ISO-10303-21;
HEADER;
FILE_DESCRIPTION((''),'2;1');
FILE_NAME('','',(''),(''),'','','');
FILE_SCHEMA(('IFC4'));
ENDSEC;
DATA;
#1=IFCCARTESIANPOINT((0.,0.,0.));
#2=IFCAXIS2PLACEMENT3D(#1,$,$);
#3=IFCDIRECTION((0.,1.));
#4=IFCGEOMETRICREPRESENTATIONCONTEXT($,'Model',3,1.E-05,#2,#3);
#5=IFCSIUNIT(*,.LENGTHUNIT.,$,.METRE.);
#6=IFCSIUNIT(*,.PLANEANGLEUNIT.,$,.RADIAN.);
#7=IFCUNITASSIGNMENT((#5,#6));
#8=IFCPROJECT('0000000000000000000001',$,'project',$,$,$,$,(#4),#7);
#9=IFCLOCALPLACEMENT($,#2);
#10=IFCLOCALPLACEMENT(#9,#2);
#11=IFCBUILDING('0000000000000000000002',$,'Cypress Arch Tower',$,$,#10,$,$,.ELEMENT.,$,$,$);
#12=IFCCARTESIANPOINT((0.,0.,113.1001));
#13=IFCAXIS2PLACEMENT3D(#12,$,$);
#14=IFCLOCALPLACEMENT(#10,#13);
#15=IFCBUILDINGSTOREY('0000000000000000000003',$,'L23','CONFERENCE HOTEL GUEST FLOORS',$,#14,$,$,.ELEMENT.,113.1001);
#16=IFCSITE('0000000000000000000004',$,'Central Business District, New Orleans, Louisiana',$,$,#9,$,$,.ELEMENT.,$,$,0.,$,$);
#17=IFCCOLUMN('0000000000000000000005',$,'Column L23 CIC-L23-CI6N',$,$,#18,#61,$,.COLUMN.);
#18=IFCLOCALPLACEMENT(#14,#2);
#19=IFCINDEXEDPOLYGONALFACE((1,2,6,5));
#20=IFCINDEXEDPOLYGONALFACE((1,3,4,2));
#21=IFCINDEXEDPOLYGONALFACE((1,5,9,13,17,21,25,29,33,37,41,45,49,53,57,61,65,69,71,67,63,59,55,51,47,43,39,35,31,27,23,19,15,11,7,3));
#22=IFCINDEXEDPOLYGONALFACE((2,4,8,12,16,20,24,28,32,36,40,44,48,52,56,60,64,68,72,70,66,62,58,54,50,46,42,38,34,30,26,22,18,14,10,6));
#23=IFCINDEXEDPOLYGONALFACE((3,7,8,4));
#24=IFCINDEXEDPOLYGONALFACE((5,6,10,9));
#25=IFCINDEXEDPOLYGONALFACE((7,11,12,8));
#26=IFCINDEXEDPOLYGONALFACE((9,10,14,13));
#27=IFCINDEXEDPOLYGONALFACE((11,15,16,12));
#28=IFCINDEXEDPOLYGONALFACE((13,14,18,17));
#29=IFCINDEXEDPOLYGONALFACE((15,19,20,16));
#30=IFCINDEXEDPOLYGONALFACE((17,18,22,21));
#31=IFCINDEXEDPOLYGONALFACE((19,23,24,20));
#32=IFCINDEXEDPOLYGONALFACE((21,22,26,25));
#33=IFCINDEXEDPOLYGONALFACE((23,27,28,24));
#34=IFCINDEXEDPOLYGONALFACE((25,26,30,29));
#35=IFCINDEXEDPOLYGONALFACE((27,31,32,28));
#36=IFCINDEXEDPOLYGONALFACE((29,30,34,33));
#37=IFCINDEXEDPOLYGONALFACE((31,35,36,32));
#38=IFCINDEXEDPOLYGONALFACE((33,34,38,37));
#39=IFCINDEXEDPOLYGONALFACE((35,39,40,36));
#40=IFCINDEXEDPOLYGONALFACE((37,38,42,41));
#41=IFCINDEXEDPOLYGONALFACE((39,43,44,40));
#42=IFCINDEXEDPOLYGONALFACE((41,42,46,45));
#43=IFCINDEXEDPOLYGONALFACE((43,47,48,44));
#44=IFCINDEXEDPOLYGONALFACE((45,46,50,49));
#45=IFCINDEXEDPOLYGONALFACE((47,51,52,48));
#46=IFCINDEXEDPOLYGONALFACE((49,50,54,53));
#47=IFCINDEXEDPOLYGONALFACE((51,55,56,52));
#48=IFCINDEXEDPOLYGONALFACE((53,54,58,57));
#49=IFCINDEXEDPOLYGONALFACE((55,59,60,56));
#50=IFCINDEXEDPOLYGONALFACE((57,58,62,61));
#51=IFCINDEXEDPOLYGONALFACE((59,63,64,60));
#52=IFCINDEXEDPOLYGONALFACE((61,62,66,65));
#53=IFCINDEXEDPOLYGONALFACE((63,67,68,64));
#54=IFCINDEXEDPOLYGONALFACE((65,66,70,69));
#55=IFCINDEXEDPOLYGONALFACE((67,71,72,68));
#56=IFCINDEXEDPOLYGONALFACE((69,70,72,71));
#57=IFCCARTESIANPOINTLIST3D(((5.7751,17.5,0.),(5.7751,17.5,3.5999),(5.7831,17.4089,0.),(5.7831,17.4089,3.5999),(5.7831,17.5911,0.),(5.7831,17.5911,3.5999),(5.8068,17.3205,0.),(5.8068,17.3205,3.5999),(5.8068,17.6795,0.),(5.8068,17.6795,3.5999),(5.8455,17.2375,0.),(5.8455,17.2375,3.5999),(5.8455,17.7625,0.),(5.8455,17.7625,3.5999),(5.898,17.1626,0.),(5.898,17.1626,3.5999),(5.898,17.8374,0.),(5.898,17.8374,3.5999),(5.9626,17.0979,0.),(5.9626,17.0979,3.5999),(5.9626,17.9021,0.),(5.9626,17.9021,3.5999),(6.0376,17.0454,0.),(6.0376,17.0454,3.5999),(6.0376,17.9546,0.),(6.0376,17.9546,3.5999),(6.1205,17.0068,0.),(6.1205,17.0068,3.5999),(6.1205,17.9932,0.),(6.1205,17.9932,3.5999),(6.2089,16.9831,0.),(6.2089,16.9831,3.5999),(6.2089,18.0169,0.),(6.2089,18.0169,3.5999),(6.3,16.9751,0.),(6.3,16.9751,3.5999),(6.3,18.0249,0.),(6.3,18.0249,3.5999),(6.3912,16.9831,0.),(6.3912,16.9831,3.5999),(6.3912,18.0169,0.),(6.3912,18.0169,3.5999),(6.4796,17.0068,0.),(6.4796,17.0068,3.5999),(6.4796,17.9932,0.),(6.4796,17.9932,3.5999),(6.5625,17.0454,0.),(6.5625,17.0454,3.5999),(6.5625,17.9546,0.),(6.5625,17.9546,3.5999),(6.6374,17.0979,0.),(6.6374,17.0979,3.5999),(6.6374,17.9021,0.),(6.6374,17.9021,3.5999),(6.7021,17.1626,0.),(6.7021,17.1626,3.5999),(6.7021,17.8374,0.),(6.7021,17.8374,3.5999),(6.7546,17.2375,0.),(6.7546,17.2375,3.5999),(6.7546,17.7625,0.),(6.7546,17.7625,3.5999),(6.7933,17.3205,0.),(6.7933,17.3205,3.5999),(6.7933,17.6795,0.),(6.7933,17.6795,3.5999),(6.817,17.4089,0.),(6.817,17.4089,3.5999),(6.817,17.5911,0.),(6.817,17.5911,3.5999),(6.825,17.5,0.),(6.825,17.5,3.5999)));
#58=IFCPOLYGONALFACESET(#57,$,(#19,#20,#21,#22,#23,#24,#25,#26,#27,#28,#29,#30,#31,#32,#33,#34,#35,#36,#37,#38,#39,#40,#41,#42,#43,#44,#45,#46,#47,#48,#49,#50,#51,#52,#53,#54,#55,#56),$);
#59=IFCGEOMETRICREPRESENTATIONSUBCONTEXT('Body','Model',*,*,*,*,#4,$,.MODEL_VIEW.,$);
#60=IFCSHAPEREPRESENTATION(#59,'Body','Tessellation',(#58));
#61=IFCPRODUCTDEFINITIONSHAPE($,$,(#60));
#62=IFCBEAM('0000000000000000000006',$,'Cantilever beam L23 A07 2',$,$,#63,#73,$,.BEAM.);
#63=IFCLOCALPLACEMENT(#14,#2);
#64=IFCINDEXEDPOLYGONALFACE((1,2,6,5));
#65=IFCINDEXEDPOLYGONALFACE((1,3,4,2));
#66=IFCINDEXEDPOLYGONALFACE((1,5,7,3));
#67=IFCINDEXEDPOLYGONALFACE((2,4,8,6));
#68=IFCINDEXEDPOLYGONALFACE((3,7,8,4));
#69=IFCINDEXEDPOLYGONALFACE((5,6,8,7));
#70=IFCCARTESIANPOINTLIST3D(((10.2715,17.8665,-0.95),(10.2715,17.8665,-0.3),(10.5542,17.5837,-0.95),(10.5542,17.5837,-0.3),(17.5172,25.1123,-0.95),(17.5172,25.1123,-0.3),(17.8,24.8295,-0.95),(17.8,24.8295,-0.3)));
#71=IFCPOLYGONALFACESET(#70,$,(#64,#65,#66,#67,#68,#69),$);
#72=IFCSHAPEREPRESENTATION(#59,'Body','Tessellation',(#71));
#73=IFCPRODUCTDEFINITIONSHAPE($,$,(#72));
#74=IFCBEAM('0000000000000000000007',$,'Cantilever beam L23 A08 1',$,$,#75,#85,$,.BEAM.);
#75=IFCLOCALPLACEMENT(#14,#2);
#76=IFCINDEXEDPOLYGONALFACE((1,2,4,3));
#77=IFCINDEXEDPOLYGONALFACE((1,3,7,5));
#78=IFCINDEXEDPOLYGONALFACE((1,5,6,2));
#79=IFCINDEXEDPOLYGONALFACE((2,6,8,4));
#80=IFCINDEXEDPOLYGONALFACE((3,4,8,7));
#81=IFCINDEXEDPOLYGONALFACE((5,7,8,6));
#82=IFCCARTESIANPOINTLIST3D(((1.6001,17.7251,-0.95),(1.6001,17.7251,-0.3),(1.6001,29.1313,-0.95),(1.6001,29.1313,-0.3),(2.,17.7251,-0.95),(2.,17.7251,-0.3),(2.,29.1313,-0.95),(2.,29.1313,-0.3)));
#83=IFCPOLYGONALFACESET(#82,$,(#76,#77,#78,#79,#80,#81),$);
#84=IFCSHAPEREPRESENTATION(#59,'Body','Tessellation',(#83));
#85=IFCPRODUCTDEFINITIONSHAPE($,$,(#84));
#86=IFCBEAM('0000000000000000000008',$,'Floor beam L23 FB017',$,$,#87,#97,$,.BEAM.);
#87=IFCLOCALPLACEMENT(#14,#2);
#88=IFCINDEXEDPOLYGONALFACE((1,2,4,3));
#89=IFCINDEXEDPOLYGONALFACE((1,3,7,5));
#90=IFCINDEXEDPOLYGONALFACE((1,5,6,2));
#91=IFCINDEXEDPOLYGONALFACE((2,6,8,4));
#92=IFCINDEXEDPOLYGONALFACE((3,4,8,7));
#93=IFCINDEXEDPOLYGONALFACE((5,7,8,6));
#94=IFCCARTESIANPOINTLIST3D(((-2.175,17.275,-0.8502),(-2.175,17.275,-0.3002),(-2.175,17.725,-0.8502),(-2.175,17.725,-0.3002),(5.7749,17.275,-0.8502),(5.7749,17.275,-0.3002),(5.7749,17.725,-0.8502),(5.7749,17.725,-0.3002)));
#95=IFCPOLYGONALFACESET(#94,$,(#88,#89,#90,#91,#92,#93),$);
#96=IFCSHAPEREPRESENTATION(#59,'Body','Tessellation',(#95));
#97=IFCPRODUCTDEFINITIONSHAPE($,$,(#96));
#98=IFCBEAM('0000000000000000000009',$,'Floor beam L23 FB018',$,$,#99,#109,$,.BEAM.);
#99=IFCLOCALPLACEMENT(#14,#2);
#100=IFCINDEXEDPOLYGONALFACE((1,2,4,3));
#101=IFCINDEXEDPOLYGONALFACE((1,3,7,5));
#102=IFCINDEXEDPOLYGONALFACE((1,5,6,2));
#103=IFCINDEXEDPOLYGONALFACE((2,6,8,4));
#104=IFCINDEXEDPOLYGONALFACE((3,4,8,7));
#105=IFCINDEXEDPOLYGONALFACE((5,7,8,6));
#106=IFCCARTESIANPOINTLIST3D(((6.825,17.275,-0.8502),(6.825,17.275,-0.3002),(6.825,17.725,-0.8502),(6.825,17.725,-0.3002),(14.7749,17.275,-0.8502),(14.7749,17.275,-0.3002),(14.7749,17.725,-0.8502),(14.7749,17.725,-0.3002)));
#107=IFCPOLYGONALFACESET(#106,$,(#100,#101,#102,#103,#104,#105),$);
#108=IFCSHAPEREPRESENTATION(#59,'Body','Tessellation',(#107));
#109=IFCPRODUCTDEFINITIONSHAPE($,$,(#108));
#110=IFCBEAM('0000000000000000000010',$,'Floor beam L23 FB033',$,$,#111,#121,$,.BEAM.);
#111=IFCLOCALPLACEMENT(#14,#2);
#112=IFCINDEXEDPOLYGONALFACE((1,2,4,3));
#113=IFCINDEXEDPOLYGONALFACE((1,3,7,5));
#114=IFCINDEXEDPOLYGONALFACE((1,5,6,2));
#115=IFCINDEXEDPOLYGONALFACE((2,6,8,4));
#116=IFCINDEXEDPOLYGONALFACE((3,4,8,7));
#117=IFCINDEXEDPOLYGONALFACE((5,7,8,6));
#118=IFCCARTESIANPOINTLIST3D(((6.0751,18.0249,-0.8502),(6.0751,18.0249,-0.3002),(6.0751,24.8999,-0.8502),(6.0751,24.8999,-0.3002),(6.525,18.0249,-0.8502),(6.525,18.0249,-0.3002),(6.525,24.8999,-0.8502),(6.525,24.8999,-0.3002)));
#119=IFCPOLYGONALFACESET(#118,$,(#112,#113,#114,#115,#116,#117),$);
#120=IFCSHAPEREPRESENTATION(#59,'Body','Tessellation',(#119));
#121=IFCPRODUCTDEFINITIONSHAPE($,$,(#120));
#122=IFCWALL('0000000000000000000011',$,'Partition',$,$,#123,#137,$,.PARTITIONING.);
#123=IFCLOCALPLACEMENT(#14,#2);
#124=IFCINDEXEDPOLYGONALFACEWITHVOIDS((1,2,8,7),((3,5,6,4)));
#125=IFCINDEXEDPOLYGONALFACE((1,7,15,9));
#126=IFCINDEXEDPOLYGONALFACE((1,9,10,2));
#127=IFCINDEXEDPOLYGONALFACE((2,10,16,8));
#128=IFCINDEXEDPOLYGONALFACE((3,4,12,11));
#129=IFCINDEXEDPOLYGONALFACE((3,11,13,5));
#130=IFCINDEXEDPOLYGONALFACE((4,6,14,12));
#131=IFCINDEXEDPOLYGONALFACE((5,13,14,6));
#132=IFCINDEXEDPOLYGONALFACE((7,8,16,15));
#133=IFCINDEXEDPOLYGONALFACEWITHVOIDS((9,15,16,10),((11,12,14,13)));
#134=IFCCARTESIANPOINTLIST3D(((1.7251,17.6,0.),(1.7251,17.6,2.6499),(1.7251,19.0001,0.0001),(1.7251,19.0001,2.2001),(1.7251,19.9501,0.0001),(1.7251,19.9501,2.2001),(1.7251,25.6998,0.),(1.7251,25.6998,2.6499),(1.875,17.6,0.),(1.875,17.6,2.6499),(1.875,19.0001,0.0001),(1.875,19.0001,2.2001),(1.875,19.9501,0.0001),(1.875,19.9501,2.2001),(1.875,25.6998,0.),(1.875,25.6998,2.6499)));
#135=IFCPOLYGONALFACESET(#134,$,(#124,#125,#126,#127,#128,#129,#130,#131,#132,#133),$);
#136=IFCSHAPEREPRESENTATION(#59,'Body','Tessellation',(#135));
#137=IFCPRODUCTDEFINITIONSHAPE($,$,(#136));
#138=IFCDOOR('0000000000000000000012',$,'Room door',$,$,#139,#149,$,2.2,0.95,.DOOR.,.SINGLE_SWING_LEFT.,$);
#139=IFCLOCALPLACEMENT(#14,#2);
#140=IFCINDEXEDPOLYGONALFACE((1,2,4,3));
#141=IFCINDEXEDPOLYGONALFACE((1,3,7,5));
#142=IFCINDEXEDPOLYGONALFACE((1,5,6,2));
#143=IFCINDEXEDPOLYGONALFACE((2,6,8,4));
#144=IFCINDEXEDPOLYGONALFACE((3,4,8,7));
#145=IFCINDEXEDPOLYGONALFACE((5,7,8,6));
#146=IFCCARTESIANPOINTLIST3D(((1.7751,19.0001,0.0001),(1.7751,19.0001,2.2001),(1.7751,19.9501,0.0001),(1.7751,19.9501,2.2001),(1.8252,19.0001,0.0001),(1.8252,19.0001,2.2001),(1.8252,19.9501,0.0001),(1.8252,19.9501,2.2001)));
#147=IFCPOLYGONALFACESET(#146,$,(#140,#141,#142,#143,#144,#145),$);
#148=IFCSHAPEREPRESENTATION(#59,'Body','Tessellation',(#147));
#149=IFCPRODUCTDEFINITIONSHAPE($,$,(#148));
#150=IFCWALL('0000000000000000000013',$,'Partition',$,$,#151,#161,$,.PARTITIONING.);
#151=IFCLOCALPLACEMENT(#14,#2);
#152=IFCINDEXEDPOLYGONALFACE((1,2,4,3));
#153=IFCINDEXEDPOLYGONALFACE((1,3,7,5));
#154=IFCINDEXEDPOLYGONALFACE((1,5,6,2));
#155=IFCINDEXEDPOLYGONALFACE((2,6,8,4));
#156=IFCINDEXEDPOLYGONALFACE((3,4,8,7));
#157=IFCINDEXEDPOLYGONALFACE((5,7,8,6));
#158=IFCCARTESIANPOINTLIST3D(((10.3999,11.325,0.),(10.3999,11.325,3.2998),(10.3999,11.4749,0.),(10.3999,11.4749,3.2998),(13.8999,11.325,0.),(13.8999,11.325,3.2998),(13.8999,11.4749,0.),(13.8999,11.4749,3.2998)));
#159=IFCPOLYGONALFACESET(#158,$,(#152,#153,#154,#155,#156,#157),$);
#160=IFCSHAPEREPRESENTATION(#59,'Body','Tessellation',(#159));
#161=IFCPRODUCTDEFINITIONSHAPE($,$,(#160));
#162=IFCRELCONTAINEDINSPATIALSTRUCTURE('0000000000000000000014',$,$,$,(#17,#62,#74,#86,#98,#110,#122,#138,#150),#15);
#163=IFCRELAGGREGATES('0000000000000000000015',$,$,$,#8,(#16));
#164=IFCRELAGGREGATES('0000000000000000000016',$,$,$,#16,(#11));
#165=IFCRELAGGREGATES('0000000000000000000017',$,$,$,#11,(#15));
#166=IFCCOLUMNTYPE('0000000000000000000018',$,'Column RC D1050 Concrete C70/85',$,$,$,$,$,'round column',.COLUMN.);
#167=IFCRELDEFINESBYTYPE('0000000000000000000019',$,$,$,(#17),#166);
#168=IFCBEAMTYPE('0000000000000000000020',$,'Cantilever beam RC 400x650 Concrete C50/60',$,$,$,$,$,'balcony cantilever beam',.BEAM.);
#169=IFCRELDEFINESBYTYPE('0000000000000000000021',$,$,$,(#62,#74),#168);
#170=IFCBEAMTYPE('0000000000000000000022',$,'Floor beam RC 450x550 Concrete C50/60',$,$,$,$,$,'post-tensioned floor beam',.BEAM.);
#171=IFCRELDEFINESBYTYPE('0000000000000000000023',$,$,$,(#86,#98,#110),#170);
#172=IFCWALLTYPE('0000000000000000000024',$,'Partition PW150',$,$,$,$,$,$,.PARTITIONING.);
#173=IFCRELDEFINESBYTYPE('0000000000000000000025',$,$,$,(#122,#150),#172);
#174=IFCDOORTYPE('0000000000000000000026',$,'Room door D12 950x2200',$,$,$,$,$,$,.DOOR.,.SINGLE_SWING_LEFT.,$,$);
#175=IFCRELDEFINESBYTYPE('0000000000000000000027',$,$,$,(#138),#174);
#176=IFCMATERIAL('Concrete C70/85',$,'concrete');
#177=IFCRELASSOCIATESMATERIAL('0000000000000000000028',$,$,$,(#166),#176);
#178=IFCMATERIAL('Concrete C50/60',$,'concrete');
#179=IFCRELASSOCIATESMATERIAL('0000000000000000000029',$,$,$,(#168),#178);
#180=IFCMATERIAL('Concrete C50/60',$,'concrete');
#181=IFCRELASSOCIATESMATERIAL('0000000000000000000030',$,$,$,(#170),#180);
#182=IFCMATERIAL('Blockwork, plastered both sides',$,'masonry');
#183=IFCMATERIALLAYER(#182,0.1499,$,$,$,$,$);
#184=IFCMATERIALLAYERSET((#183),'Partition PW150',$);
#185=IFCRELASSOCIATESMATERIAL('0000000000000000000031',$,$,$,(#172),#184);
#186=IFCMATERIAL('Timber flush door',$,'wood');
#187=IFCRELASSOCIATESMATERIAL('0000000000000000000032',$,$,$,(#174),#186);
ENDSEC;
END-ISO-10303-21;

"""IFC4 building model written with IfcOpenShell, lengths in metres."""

from ifc_helpers import new_model, si_unit, direction, frame, frame_2d, origin, origin_2d, place, context, subcontext, project, spatial, rectangle, circle, extrude, material, layer, layer_set, material_profile, profile_set, type_object, element, fill, save


model = new_model("IFC4")

# Units and contexts
model_context = context("Model", 3, precision=1e-05, world=origin(), true_north=direction((0.0, 1.0)))
body_context = subcontext(model_context, "Body", "Model", "MODEL_VIEW")
ifc_project = project(units=[si_unit("LENGTHUNIT", "METRE"), si_unit("PLANEANGLEUNIT", "RADIAN")], contexts=[model_context])

# Site, building, storey
site_placement = place(None, origin())
site = spatial("IfcSite", under=ifc_project, at=site_placement, Name="Central Business District, New Orleans, Louisiana", CompositionType="ELEMENT", RefElevation=0.0)
building_placement = place(site_placement, origin())
building = spatial("IfcBuilding", under=site, at=building_placement, Name="Cypress Arch Tower", CompositionType="ELEMENT")
storey_placement = place(building_placement, frame((0.0, 0.0, 113.1001)))
storey = spatial("IfcBuildingStorey", under=building, at=storey_placement, Name="L23", Description="CONFERENCE HOTEL GUEST FLOORS", CompositionType="ELEMENT", Elevation=113.1001)

# Column
ifc_material_1 = material(Name="Concrete C70/85", Category="concrete")
ifc_material_profile_1 = material_profile(ifc_material_1, circle(Radius=0.5249, at=origin_2d()), Name="RC D1050")
ifc_profile_set_1 = profile_set([ifc_material_profile_1], Name="Concrete C70/85")
column_type = type_object("IfcColumnType", Name="Column RC D1050 Concrete C70/85", ElementType="round column", PredefinedType="COLUMN", material=ifc_profile_set_1)
column_placement = place(storey_placement, frame((6.3, 17.5, 0.0), z_axis=(0.0, 0.0, 1.0), x_axis=(1.0, 0.0, 0.0)))
element("IfcColumn", 1, at=column_placement, inside=storey, type_object=column_type, Name="Column L23 CIC-L23-CI6N", PredefinedType="COLUMN", context=body_context, shape_type="SweptSolid", body=[
    extrude(circle(Radius=0.5249, at=origin_2d()), origin(), (0.0, 0.0, 1.0), 3.5999),
])

# Beams
ifc_material_2 = material(Name="Concrete C50/60", Category="concrete")
ifc_material_profile_2 = material_profile(ifc_material_2, rectangle(XDim=0.3999, YDim=0.6499, at=origin_2d()), Name="RC 400x650")
ifc_profile_set_2 = profile_set([ifc_material_profile_2], Name="Concrete C50/60")
beam_type_1 = type_object("IfcBeamType", Name="Cantilever beam RC 400x650 Concrete C50/60", ElementType="balcony cantilever beam", PredefinedType="BEAM", material=ifc_profile_set_2)
beam_1_placement = place(storey_placement, frame((10.4128, 17.7251, -0.625), z_axis=(0.707107, 0.707107, 0.0), x_axis=(-0.707107, 0.707107, 0.0)))
element("IfcBeam", 2, at=beam_1_placement, inside=storey, type_object=beam_type_1, Name="Cantilever beam L23 A07 2", PredefinedType="BEAM", context=body_context, shape_type="SweptSolid", body=[
    extrude(rectangle(XDim=0.3999, YDim=0.6499, at=origin_2d()), origin(), (0.0, 0.0, 1.0), 10.2471),
])
beam_2_placement = place(storey_placement, frame((1.8, 17.7251, -0.625), z_axis=(0.0, 1.0, 0.0), x_axis=(-1.0, 0.0, 0.0)))
element("IfcBeam", 3, at=beam_2_placement, inside=storey, type_object=beam_type_1, Name="Cantilever beam L23 A08 1", PredefinedType="BEAM", context=body_context, shape_type="SweptSolid", body=[
    extrude(rectangle(XDim=0.3999, YDim=0.6499, at=origin_2d()), origin(), (0.0, 0.0, 1.0), 11.4062),
])
ifc_material_3 = material(Name="Concrete C50/60", Category="concrete")
ifc_material_profile_3 = material_profile(ifc_material_3, rectangle(XDim=0.45, YDim=0.55, at=origin_2d()), Name="RC 450x550")
ifc_profile_set_3 = profile_set([ifc_material_profile_3], Name="Concrete C50/60")
beam_type_2 = type_object("IfcBeamType", Name="Floor beam RC 450x550 Concrete C50/60", ElementType="post-tensioned floor beam", PredefinedType="BEAM", material=ifc_profile_set_3)
for number, where, z_axis, x_axis, name in (
    (4, (-2.175, 17.5, -0.5752), (1.0, 0.0, 0.0), (0.0, 1.0, 0.0), "Floor beam L23 FB017"),
    (5, (6.825, 17.5, -0.5752), (1.0, 0.0, 0.0), (0.0, 1.0, 0.0), "Floor beam L23 FB018"),
):
    element("IfcBeam", number, at=place(storey_placement, frame(where, z_axis=z_axis, x_axis=x_axis)), inside=storey, type_object=beam_type_2, Name=name, PredefinedType="BEAM", context=body_context, shape_type="SweptSolid", body=[
        extrude(rectangle(XDim=0.45, YDim=0.55, at=origin_2d()), origin(), (0.0, 0.0, 1.0), 7.95),
    ])
beam_3_placement = place(storey_placement, frame((6.3, 18.0249, -0.5752), z_axis=(0.0, 1.0, 0.0), x_axis=(-1.0, 0.0, 0.0)))
element("IfcBeam", 6, at=beam_3_placement, inside=storey, type_object=beam_type_2, Name="Floor beam L23 FB033", PredefinedType="BEAM", context=body_context, shape_type="SweptSolid", body=[
    extrude(rectangle(XDim=0.45, YDim=0.55, at=origin_2d()), origin(), (0.0, 0.0, 1.0), 6.875),
])

# Wall, opening, door
ifc_material_4 = material(Name="Blockwork, plastered both sides", Category="masonry")
ifc_layer_1 = layer(ifc_material_4, 0.1499)
ifc_layer_set_1 = layer_set([ifc_layer_1], Name="Partition PW150")
wall_type_1 = type_object("IfcWallType", Name="Partition PW150", PredefinedType="PARTITIONING", material=ifc_layer_set_1)
wall_1_placement = place(storey_placement, frame((1.8, 17.6001, 0.0), z_axis=(0.0, 0.0, 1.0), x_axis=(0.0, 1.0, 0.0)))
wall_1 = element("IfcWall", 7, at=wall_1_placement, inside=storey, type_object=wall_type_1, Name="Partition", PredefinedType="PARTITIONING", context=body_context, shape_type="SweptSolid", body=[
    extrude(rectangle(XDim=8.0999, YDim=0.1499, at=frame_2d((4.0498, 0.0))), origin(), (0.0, 0.0, 1.0), 2.6499),
])
opening_1_placement = place(wall_1_placement, frame((1.3999, 0.0, 0.0)))
opening_1 = element("IfcOpeningElement", 8, at=opening_1_placement, cuts=wall_1, PredefinedType="OPENING", context=body_context, shape_type="SweptSolid", body=[
    extrude(rectangle(XDim=0.95, YDim=2.2, at=frame_2d((0.4751, 1.1001))), frame((0.0, 0.085, 0.0), z_axis=(0.0, -1.0, 0.0), x_axis=(1.0, 0.0, 0.0)), (0.0, 0.0, 1.0), 0.1699),
])
ifc_material_5 = material(Name="Timber flush door", Category="wood")
door_type_1 = type_object("IfcDoorType", Name="Room door D12 950x2200", OperationType="SINGLE_SWING_LEFT", PredefinedType="DOOR", material=ifc_material_5)
door_1_placement = place(opening_1_placement, origin())
door_1 = element("IfcDoor", 9, at=door_1_placement, inside=storey, type_object=door_type_1, Name="Room door", OperationType="SINGLE_SWING_LEFT", OverallHeight=2.2, OverallWidth=0.95, PredefinedType="DOOR", context=body_context, shape_type="SweptSolid", body=[
    extrude(rectangle(XDim=0.95, YDim=2.2, at=frame_2d((0.4751, 1.1001))), frame((0.0, 0.0249, 0.0), z_axis=(0.0, -1.0, 0.0), x_axis=(1.0, 0.0, 0.0)), (0.0, 0.0, 1.0), 0.05),
])
fill(opening_1, door_1)

# Wall
wall_2_placement = place(storey_placement, frame((10.3999, 11.3999, 0.0), z_axis=(0.0, 0.0, 1.0), x_axis=(1.0, 0.0, 0.0)))
element("IfcWall", 10, at=wall_2_placement, inside=storey, type_object=wall_type_1, Name="Partition", PredefinedType="PARTITIONING", context=body_context, shape_type="SweptSolid", body=[
    extrude(rectangle(XDim=3.5, YDim=0.1499, at=frame_2d((1.75, 0.0))), origin(), (0.0, 0.0, 1.0), 3.2998),
])

save(model, "model.ifc")
